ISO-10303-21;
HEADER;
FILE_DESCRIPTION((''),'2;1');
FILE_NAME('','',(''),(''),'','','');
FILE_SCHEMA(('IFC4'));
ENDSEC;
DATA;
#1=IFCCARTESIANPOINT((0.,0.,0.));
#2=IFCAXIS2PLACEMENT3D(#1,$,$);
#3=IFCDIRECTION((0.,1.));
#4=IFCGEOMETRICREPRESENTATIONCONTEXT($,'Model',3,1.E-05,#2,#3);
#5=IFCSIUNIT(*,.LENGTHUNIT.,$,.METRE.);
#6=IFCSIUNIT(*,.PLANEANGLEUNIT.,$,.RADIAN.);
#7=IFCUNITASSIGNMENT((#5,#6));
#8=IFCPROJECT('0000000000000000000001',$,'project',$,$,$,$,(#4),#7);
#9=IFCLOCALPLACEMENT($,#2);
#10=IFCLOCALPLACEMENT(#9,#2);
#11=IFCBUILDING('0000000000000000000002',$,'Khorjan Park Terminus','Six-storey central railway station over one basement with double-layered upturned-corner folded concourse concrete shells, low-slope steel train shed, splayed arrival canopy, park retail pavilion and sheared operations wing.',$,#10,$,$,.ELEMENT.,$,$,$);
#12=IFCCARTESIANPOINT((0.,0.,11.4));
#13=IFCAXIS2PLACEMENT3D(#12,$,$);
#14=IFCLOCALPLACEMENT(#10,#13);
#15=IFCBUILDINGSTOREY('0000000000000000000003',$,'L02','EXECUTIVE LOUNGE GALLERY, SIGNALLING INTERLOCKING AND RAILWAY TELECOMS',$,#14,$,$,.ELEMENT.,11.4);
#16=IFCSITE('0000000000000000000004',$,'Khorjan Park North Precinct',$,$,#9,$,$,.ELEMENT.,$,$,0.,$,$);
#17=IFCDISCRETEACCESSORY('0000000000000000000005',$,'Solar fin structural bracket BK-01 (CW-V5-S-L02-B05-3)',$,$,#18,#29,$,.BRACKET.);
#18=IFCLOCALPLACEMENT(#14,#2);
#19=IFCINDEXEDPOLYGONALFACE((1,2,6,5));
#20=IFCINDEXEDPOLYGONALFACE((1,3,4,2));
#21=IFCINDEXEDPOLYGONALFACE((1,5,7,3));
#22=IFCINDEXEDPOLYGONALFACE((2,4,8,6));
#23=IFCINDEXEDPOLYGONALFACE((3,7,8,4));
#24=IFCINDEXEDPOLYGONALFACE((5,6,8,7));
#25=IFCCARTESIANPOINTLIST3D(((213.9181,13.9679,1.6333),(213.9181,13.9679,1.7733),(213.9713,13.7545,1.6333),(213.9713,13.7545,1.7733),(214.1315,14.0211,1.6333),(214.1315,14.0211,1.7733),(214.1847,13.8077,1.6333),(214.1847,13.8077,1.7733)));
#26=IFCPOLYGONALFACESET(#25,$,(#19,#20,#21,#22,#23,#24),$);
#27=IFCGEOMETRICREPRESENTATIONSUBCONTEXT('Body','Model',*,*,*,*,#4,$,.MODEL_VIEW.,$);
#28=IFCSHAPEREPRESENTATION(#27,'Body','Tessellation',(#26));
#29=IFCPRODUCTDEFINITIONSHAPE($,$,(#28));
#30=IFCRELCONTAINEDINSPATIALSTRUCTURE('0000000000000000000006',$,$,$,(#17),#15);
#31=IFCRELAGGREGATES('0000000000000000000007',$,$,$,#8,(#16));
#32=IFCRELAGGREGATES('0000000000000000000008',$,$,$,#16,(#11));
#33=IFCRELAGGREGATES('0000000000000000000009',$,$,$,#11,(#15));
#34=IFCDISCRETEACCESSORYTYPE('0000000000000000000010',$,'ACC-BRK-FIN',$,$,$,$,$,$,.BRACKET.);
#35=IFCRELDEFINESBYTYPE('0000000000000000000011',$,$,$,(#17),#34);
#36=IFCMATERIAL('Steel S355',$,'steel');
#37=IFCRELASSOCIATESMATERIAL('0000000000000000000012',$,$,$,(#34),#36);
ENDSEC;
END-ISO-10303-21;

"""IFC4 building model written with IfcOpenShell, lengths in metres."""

from ifc_helpers import new_model, si_unit, direction, frame, origin, origin_2d, place, context, subcontext, project, spatial, rectangle, extrude, material, type_object, element, save


model = new_model("IFC4")

# Units and contexts
model_context = context("Model", 3, precision=1e-05, world=origin(), true_north=direction((0.0, 1.0)))
body_context = subcontext(model_context, "Body", "Model", "MODEL_VIEW")
ifc_project = project(units=[si_unit("LENGTHUNIT", "METRE"), si_unit("PLANEANGLEUNIT", "RADIAN")], contexts=[model_context])

# Site, building, storey
site_placement = place(None, origin())
site = spatial("IfcSite", under=ifc_project, at=site_placement, Name="Khorjan Park North Precinct", CompositionType="ELEMENT", RefElevation=0.0)
building_placement = place(site_placement, origin())
building = spatial("IfcBuilding", under=site, at=building_placement, Name="Khorjan Park Terminus", Description="Six-storey central railway station over one basement with double-layered upturned-corner folded concourse concrete shells, low-slope steel train shed, splayed arrival canopy, park retail pavilion and sheared operations wing.", CompositionType="ELEMENT")
storey_placement = place(building_placement, frame((0.0, 0.0, 11.4)))
storey = spatial("IfcBuildingStorey", under=building, at=storey_placement, Name="L02", Description="EXECUTIVE LOUNGE GALLERY, SIGNALLING INTERLOCKING AND RAILWAY TELECOMS", CompositionType="ELEMENT", Elevation=11.4)

# Discrete accessory
ifc_material_1 = material(Name="Steel S355", Category="steel")
discrete_accessory_type = type_object("IfcDiscreteAccessoryType", Name="ACC-BRK-FIN", PredefinedType="BRACKET", material=ifc_material_1)
for number, where, z_axis, x_axis, name in (
    (1, (214.0514, 13.8878, 1.6333), (0.0, 0.0, 1.0), (0.970298, 0.241912, 0.0), "Solar fin structural bracket BK-01 (CW-V5-S-L02-B05-3)"),
):
    element("IfcDiscreteAccessory", number, at=place(storey_placement, frame(where, z_axis=z_axis, x_axis=x_axis)), inside=storey, type_object=discrete_accessory_type, Name=name, PredefinedType="BRACKET", context=body_context, shape_type="SweptSolid", body=[
        extrude(rectangle(XDim=0.22, YDim=0.22, at=origin_2d()), origin(), (0.0, 0.0, 1.0), 0.14),
    ])

save(model, "model.ifc")
